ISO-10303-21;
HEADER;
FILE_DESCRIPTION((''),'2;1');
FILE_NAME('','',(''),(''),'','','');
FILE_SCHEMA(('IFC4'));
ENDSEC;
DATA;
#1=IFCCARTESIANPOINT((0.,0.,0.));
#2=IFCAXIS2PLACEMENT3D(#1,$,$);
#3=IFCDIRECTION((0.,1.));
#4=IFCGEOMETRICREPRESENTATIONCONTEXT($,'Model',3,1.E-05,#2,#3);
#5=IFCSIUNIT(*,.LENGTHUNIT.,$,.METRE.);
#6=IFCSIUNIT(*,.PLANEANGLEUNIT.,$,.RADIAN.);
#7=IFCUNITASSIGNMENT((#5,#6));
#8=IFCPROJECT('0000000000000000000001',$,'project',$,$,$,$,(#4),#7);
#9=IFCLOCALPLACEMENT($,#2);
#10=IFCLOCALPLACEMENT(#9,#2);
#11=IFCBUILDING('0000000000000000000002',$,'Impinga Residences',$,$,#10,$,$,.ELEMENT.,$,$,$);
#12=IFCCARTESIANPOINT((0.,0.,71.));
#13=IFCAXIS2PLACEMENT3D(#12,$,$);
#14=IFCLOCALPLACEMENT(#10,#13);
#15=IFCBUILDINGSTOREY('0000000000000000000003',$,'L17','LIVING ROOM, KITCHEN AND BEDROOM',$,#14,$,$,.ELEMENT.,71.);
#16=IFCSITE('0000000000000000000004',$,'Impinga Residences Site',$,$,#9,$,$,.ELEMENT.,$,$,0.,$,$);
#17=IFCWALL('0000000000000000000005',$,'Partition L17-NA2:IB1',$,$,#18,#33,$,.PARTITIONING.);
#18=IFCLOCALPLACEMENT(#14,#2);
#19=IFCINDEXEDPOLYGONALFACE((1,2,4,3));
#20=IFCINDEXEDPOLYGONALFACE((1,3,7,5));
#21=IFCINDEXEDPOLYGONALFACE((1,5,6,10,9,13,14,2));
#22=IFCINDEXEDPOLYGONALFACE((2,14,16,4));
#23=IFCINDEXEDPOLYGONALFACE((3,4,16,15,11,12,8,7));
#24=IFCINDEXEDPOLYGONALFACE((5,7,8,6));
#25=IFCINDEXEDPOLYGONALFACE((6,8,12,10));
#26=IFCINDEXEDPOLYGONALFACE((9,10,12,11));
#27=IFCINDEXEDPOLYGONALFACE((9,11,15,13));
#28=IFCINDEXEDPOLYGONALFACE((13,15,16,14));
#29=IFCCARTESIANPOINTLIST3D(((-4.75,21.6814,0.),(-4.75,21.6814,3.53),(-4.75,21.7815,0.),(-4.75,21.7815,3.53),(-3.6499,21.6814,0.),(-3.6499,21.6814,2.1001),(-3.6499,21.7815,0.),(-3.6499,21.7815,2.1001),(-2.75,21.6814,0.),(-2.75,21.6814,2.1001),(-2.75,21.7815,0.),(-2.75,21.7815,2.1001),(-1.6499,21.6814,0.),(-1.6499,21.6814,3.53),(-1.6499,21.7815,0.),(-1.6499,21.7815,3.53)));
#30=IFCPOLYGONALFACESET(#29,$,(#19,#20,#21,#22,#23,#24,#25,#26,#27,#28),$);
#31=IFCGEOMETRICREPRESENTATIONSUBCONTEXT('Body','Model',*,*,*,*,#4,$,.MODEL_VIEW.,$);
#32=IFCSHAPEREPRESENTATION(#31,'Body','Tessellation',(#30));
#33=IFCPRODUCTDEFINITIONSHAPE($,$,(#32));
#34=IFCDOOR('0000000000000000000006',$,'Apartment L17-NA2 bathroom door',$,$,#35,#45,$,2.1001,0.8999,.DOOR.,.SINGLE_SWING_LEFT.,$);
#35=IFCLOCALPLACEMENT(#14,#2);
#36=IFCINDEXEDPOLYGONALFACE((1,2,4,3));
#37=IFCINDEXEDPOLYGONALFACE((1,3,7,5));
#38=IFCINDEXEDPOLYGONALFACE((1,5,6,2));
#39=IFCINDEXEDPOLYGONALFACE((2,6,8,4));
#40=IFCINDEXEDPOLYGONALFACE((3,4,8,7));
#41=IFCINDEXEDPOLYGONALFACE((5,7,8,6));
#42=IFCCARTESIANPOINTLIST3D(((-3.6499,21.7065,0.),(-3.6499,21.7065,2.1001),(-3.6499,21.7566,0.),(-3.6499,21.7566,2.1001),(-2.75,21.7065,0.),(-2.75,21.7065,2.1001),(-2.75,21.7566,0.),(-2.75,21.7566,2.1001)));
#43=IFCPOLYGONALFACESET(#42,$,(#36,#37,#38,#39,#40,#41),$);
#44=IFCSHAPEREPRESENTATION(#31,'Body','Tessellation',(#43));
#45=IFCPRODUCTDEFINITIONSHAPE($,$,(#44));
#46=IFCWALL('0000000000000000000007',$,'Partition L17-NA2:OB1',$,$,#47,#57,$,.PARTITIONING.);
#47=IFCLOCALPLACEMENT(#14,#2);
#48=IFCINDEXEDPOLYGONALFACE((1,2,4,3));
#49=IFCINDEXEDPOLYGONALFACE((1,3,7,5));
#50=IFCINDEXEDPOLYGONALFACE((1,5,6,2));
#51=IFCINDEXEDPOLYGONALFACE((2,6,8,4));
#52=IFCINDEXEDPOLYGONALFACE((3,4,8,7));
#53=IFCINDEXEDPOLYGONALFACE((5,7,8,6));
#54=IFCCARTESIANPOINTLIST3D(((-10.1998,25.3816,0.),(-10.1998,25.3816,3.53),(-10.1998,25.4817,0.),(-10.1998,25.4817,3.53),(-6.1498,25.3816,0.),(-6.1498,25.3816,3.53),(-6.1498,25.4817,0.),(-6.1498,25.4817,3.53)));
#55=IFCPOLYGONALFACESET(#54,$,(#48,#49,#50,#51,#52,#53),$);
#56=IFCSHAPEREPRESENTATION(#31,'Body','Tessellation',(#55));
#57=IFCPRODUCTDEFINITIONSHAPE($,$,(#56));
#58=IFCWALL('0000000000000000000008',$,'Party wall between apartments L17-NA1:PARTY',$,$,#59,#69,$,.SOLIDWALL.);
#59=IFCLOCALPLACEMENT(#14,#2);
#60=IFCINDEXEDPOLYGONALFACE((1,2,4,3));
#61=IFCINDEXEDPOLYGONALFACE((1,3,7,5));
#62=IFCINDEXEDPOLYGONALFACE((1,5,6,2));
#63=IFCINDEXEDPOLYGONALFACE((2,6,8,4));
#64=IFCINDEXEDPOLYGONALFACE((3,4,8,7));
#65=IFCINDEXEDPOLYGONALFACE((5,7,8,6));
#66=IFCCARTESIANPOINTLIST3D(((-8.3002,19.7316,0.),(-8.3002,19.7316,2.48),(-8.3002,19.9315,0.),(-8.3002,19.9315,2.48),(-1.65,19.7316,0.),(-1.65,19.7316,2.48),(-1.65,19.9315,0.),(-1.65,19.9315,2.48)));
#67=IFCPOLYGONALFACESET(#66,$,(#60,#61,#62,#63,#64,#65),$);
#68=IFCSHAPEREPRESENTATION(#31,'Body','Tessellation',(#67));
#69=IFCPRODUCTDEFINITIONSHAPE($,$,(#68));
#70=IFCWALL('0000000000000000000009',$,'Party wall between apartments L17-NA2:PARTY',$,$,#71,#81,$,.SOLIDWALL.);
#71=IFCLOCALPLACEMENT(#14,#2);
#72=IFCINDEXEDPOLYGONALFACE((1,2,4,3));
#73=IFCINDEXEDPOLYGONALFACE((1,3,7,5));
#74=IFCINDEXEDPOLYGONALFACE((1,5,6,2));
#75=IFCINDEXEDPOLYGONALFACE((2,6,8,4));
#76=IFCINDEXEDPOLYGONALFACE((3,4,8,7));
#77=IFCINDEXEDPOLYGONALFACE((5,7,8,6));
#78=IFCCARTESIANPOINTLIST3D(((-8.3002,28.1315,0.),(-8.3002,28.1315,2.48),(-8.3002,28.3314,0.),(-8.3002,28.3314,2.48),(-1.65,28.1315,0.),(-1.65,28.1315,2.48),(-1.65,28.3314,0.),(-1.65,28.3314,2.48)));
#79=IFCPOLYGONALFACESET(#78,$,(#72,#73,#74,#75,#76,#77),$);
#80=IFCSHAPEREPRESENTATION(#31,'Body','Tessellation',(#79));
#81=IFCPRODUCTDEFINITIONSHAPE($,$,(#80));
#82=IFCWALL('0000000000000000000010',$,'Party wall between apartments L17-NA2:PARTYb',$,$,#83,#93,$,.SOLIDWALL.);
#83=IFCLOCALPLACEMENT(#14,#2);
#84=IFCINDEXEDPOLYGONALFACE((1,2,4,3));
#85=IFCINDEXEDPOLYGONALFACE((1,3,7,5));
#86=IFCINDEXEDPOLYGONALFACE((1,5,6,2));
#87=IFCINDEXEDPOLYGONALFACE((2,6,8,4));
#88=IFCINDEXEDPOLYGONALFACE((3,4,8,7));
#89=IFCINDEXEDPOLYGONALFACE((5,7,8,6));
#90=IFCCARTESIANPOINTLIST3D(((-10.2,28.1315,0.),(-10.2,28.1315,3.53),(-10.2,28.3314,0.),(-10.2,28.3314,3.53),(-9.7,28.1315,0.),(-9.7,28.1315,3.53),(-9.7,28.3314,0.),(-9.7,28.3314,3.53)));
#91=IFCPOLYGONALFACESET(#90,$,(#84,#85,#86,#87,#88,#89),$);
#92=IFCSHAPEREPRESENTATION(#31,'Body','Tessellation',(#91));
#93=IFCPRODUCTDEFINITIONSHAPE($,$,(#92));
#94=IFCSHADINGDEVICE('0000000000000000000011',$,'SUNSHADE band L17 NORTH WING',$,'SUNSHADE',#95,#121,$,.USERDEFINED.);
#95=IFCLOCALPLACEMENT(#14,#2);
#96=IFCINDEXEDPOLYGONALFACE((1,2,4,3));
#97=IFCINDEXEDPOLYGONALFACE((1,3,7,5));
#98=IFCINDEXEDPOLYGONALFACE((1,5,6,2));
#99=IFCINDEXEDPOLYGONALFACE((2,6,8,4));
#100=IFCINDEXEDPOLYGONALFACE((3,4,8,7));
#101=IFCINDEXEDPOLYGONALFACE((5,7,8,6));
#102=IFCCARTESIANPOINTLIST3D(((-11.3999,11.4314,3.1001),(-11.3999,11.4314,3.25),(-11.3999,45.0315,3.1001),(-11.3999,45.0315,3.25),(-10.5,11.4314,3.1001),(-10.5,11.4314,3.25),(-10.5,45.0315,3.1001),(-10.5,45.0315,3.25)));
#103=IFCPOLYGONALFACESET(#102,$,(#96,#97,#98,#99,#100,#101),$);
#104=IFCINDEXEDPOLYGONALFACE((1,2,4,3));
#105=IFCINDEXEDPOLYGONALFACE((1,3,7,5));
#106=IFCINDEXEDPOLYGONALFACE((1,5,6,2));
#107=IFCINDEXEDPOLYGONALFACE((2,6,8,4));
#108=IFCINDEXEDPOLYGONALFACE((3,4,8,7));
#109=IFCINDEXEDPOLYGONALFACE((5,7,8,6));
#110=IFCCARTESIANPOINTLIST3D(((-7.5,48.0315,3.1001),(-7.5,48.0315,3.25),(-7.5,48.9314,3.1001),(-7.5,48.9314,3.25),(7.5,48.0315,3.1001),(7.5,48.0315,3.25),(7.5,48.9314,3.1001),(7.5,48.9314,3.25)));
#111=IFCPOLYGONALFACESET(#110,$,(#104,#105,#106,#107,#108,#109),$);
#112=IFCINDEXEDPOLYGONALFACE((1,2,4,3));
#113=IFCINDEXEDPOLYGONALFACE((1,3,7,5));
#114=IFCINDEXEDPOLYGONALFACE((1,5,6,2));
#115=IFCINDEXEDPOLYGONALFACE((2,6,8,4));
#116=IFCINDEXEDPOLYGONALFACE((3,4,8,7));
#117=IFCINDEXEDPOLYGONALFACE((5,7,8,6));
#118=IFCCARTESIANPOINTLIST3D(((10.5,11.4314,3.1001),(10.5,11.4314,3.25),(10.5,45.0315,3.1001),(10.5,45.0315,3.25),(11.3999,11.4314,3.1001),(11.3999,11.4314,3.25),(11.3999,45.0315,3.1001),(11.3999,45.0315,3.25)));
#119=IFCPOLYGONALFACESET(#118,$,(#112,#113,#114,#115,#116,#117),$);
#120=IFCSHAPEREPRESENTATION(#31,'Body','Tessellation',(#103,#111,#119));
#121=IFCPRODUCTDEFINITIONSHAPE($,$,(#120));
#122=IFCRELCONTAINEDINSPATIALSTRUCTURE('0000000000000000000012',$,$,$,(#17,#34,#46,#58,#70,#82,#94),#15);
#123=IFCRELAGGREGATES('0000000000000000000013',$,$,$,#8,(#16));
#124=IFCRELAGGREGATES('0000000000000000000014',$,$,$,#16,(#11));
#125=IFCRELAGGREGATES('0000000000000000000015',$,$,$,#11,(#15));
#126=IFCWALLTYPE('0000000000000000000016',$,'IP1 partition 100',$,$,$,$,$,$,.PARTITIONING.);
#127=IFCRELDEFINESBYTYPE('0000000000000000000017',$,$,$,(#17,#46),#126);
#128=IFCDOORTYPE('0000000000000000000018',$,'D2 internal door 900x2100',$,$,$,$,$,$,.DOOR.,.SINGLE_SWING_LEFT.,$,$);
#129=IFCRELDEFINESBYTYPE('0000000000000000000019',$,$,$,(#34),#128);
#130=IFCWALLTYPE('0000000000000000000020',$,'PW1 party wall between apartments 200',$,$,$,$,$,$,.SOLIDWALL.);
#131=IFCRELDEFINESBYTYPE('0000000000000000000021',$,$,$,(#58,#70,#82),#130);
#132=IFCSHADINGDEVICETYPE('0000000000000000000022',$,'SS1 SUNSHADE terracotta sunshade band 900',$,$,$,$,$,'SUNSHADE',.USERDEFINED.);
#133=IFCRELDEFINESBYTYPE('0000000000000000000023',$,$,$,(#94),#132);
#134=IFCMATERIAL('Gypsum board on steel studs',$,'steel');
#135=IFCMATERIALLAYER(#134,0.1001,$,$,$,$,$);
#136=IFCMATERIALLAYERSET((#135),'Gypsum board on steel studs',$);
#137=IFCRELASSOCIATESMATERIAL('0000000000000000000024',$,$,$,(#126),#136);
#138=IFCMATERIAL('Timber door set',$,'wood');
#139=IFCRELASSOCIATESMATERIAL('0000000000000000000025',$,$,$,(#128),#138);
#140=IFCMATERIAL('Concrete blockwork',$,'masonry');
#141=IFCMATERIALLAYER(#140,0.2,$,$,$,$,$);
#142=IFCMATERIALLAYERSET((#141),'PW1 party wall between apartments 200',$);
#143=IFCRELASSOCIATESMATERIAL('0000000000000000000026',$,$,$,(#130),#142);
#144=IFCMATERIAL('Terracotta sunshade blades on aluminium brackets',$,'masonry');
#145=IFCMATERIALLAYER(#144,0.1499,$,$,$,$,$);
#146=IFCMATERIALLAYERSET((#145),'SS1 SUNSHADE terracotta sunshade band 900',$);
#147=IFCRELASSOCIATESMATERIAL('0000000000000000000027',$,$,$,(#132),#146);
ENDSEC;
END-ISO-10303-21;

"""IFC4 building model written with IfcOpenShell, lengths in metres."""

from ifc_helpers import new_model, si_unit, direction, frame, frame_2d, origin, origin_2d, place, context, subcontext, project, spatial, rectangle, extrude, material, layer, layer_set, type_object, element, fill, save


model = new_model("IFC4")

# Units and contexts
model_context = context("Model", 3, precision=1e-05, world=origin(), true_north=direction((0.0, 1.0)))
body_context = subcontext(model_context, "Body", "Model", "MODEL_VIEW")
ifc_project = project(units=[si_unit("LENGTHUNIT", "METRE"), si_unit("PLANEANGLEUNIT", "RADIAN")], contexts=[model_context])

# Site, building, storey
site_placement = place(None, origin())
site = spatial("IfcSite", under=ifc_project, at=site_placement, Name="Impinga Residences Site", CompositionType="ELEMENT", RefElevation=0.0)
building_placement = place(site_placement, origin())
building = spatial("IfcBuilding", under=site, at=building_placement, Name="Impinga Residences", CompositionType="ELEMENT")
storey_placement = place(building_placement, frame((0.0, 0.0, 71.0)))
storey = spatial("IfcBuildingStorey", under=building, at=storey_placement, Name="L17", Description="LIVING ROOM, KITCHEN AND BEDROOM", CompositionType="ELEMENT", Elevation=71.0)

# Shared definitions
ifc_material_1 = material(Name="Concrete blockwork", Category="masonry")
ifc_material_2 = material(Name="Timber door set", Category="wood")

# Shared definitions
ifc_material_3 = material(Name="Gypsum board on steel studs", Category="steel")
ifc_layer_1 = layer(ifc_material_3, 0.1001)
ifc_layer_set_1 = layer_set([ifc_layer_1], Name="Gypsum board on steel studs")
wall_type_1 = type_object("IfcWallType", Name="IP1 partition 100", PredefinedType="PARTITIONING", material=ifc_layer_set_1)

# Shared definitions
door_type_1 = type_object("IfcDoorType", Name="D2 internal door 900x2100", OperationType="SINGLE_SWING_LEFT", PredefinedType="DOOR", material=ifc_material_2)

# Wall, opening, door
wall_1_placement = place(storey_placement, frame((-1.6499, 21.7314, 0.0), z_axis=(0.0, 0.0, 1.0), x_axis=(-1.0, 0.0, 0.0)))
wall_1 = element("IfcWall", 1, at=wall_1_placement, inside=storey, type_object=wall_type_1, Name="Partition L17-NA2:IB1", PredefinedType="PARTITIONING", context=body_context, shape_type="SweptSolid", body=[
    extrude(rectangle(XDim=3.1001, YDim=0.1001, at=frame_2d((1.55, 0.0))), origin(), (0.0, 0.0, 1.0), 3.53),
])
opening_1_placement = place(wall_1_placement, frame((1.1001, 0.0, 0.0)))
opening_1 = element("IfcOpeningElement", 2, at=opening_1_placement, cuts=wall_1, PredefinedType="OPENING", context=body_context, shape_type="SweptSolid", body=[
    extrude(rectangle(XDim=0.8999, YDim=2.1001, at=frame_2d((0.45, 1.05))), frame((0.0, 0.0601, 0.0), z_axis=(0.0, -1.0, 0.0), x_axis=(1.0, 0.0, 0.0)), (0.0, 0.0, 1.0), 0.1201),
])
door_1_placement = place(opening_1_placement, origin())
door_1 = element("IfcDoor", 3, at=door_1_placement, inside=storey, type_object=door_type_1, Name="Apartment L17-NA2 bathroom door", OperationType="SINGLE_SWING_LEFT", OverallHeight=2.1001, OverallWidth=0.8999, PredefinedType="DOOR", context=body_context, shape_type="SweptSolid", body=[
    extrude(rectangle(XDim=0.8999, YDim=2.1001, at=frame_2d((0.45, 1.05))), frame((0.0, 0.0249, 0.0), z_axis=(0.0, -1.0, 0.0), x_axis=(1.0, 0.0, 0.0)), (0.0, 0.0, 1.0), 0.05),
])
fill(opening_1, door_1)

# Walls
wall_2_placement = place(storey_placement, frame((-6.1499, 25.4316, 0.0), z_axis=(0.0, 0.0, 1.0), x_axis=(-1.0, 0.0, 0.0)))
element("IfcWall", 4, at=wall_2_placement, inside=storey, type_object=wall_type_1, Name="Partition L17-NA2:OB1", PredefinedType="PARTITIONING", context=body_context, shape_type="SweptSolid", body=[
    extrude(rectangle(XDim=4.05, YDim=0.1001, at=frame_2d((2.0249, 0.0))), origin(), (0.0, 0.0, 1.0), 3.53),
])
ifc_layer_2 = layer(ifc_material_1, 0.2)
ifc_layer_set_2 = layer_set([ifc_layer_2], Name="PW1 party wall between apartments 200")
wall_type_2 = type_object("IfcWallType", Name="PW1 party wall between apartments 200", PredefinedType="SOLIDWALL", material=ifc_layer_set_2)
for number, where, z_axis, x_axis, name in (
    (5, (-1.6499, 19.8315, 0.0), (0.0, 0.0, 1.0), (-1.0, 0.0, 0.0), "Party wall between apartments L17-NA1:PARTY"),
    (6, (-1.6499, 28.2314, 0.0), (0.0, 0.0, 1.0), (-1.0, 0.0, 0.0), "Party wall between apartments L17-NA2:PARTY"),
):
    element("IfcWall", number, at=place(storey_placement, frame(where, z_axis=z_axis, x_axis=x_axis)), inside=storey, type_object=wall_type_2, Name=name, PredefinedType="SOLIDWALL", context=body_context, shape_type="SweptSolid", body=[
        extrude(rectangle(XDim=6.6501, YDim=0.2, at=frame_2d((3.3252, 0.0))), origin(), (0.0, 0.0, 1.0), 2.48),
    ])
wall_3_placement = place(storey_placement, frame((-9.7, 28.2314, 0.0), z_axis=(0.0, 0.0, 1.0), x_axis=(-1.0, 0.0, 0.0)))
element("IfcWall", 7, at=wall_3_placement, inside=storey, type_object=wall_type_2, Name="Party wall between apartments L17-NA2:PARTYb", PredefinedType="SOLIDWALL", context=body_context, shape_type="SweptSolid", body=[
    extrude(rectangle(XDim=0.5, YDim=0.2, at=frame_2d((0.25, 0.0))), origin(), (0.0, 0.0, 1.0), 3.53),
])

# Shading device
ifc_material_4 = material(Name="Terracotta sunshade blades on aluminium brackets", Category="masonry")
ifc_layer_3 = layer(ifc_material_4, 0.1499)
ifc_layer_set_3 = layer_set([ifc_layer_3], Name="SS1 SUNSHADE terracotta sunshade band 900")
shading_device_type = type_object("IfcShadingDeviceType", Name="SS1 SUNSHADE terracotta sunshade band 900", ElementType="SUNSHADE", PredefinedType="USERDEFINED", material=ifc_layer_set_3)
shading_device_placement = place(storey_placement, frame((-10.95, 28.2314, 3.1001), z_axis=(0.0, 0.0, 1.0), x_axis=(0.0, 1.0, 0.0)))
element("IfcShadingDevice", 8, at=shading_device_placement, inside=storey, type_object=shading_device_type, Name="SUNSHADE band L17 NORTH WING", ObjectType="SUNSHADE", PredefinedType="USERDEFINED", context=body_context, shape_type="SweptSolid", body=[
    extrude(rectangle(XDim=33.6001, YDim=0.8999, at=origin_2d()), origin(), (0.0, 0.0, 1.0), 0.1499),
    extrude(rectangle(XDim=15.0, YDim=0.8999, at=origin_2d()), frame((20.25, -10.95, 0.0), z_axis=(0.0, 0.0, 1.0), x_axis=(0.0, -1.0, 0.0)), (0.0, 0.0, 1.0), 0.1499),
    extrude(rectangle(XDim=33.6001, YDim=0.8999, at=origin_2d()), frame((0.0, -21.8999, 0.0), z_axis=(0.0, 0.0, 1.0), x_axis=(-1.0, 0.0, 0.0)), (0.0, 0.0, 1.0), 0.1499),
])

save(model, "model.ifc")
